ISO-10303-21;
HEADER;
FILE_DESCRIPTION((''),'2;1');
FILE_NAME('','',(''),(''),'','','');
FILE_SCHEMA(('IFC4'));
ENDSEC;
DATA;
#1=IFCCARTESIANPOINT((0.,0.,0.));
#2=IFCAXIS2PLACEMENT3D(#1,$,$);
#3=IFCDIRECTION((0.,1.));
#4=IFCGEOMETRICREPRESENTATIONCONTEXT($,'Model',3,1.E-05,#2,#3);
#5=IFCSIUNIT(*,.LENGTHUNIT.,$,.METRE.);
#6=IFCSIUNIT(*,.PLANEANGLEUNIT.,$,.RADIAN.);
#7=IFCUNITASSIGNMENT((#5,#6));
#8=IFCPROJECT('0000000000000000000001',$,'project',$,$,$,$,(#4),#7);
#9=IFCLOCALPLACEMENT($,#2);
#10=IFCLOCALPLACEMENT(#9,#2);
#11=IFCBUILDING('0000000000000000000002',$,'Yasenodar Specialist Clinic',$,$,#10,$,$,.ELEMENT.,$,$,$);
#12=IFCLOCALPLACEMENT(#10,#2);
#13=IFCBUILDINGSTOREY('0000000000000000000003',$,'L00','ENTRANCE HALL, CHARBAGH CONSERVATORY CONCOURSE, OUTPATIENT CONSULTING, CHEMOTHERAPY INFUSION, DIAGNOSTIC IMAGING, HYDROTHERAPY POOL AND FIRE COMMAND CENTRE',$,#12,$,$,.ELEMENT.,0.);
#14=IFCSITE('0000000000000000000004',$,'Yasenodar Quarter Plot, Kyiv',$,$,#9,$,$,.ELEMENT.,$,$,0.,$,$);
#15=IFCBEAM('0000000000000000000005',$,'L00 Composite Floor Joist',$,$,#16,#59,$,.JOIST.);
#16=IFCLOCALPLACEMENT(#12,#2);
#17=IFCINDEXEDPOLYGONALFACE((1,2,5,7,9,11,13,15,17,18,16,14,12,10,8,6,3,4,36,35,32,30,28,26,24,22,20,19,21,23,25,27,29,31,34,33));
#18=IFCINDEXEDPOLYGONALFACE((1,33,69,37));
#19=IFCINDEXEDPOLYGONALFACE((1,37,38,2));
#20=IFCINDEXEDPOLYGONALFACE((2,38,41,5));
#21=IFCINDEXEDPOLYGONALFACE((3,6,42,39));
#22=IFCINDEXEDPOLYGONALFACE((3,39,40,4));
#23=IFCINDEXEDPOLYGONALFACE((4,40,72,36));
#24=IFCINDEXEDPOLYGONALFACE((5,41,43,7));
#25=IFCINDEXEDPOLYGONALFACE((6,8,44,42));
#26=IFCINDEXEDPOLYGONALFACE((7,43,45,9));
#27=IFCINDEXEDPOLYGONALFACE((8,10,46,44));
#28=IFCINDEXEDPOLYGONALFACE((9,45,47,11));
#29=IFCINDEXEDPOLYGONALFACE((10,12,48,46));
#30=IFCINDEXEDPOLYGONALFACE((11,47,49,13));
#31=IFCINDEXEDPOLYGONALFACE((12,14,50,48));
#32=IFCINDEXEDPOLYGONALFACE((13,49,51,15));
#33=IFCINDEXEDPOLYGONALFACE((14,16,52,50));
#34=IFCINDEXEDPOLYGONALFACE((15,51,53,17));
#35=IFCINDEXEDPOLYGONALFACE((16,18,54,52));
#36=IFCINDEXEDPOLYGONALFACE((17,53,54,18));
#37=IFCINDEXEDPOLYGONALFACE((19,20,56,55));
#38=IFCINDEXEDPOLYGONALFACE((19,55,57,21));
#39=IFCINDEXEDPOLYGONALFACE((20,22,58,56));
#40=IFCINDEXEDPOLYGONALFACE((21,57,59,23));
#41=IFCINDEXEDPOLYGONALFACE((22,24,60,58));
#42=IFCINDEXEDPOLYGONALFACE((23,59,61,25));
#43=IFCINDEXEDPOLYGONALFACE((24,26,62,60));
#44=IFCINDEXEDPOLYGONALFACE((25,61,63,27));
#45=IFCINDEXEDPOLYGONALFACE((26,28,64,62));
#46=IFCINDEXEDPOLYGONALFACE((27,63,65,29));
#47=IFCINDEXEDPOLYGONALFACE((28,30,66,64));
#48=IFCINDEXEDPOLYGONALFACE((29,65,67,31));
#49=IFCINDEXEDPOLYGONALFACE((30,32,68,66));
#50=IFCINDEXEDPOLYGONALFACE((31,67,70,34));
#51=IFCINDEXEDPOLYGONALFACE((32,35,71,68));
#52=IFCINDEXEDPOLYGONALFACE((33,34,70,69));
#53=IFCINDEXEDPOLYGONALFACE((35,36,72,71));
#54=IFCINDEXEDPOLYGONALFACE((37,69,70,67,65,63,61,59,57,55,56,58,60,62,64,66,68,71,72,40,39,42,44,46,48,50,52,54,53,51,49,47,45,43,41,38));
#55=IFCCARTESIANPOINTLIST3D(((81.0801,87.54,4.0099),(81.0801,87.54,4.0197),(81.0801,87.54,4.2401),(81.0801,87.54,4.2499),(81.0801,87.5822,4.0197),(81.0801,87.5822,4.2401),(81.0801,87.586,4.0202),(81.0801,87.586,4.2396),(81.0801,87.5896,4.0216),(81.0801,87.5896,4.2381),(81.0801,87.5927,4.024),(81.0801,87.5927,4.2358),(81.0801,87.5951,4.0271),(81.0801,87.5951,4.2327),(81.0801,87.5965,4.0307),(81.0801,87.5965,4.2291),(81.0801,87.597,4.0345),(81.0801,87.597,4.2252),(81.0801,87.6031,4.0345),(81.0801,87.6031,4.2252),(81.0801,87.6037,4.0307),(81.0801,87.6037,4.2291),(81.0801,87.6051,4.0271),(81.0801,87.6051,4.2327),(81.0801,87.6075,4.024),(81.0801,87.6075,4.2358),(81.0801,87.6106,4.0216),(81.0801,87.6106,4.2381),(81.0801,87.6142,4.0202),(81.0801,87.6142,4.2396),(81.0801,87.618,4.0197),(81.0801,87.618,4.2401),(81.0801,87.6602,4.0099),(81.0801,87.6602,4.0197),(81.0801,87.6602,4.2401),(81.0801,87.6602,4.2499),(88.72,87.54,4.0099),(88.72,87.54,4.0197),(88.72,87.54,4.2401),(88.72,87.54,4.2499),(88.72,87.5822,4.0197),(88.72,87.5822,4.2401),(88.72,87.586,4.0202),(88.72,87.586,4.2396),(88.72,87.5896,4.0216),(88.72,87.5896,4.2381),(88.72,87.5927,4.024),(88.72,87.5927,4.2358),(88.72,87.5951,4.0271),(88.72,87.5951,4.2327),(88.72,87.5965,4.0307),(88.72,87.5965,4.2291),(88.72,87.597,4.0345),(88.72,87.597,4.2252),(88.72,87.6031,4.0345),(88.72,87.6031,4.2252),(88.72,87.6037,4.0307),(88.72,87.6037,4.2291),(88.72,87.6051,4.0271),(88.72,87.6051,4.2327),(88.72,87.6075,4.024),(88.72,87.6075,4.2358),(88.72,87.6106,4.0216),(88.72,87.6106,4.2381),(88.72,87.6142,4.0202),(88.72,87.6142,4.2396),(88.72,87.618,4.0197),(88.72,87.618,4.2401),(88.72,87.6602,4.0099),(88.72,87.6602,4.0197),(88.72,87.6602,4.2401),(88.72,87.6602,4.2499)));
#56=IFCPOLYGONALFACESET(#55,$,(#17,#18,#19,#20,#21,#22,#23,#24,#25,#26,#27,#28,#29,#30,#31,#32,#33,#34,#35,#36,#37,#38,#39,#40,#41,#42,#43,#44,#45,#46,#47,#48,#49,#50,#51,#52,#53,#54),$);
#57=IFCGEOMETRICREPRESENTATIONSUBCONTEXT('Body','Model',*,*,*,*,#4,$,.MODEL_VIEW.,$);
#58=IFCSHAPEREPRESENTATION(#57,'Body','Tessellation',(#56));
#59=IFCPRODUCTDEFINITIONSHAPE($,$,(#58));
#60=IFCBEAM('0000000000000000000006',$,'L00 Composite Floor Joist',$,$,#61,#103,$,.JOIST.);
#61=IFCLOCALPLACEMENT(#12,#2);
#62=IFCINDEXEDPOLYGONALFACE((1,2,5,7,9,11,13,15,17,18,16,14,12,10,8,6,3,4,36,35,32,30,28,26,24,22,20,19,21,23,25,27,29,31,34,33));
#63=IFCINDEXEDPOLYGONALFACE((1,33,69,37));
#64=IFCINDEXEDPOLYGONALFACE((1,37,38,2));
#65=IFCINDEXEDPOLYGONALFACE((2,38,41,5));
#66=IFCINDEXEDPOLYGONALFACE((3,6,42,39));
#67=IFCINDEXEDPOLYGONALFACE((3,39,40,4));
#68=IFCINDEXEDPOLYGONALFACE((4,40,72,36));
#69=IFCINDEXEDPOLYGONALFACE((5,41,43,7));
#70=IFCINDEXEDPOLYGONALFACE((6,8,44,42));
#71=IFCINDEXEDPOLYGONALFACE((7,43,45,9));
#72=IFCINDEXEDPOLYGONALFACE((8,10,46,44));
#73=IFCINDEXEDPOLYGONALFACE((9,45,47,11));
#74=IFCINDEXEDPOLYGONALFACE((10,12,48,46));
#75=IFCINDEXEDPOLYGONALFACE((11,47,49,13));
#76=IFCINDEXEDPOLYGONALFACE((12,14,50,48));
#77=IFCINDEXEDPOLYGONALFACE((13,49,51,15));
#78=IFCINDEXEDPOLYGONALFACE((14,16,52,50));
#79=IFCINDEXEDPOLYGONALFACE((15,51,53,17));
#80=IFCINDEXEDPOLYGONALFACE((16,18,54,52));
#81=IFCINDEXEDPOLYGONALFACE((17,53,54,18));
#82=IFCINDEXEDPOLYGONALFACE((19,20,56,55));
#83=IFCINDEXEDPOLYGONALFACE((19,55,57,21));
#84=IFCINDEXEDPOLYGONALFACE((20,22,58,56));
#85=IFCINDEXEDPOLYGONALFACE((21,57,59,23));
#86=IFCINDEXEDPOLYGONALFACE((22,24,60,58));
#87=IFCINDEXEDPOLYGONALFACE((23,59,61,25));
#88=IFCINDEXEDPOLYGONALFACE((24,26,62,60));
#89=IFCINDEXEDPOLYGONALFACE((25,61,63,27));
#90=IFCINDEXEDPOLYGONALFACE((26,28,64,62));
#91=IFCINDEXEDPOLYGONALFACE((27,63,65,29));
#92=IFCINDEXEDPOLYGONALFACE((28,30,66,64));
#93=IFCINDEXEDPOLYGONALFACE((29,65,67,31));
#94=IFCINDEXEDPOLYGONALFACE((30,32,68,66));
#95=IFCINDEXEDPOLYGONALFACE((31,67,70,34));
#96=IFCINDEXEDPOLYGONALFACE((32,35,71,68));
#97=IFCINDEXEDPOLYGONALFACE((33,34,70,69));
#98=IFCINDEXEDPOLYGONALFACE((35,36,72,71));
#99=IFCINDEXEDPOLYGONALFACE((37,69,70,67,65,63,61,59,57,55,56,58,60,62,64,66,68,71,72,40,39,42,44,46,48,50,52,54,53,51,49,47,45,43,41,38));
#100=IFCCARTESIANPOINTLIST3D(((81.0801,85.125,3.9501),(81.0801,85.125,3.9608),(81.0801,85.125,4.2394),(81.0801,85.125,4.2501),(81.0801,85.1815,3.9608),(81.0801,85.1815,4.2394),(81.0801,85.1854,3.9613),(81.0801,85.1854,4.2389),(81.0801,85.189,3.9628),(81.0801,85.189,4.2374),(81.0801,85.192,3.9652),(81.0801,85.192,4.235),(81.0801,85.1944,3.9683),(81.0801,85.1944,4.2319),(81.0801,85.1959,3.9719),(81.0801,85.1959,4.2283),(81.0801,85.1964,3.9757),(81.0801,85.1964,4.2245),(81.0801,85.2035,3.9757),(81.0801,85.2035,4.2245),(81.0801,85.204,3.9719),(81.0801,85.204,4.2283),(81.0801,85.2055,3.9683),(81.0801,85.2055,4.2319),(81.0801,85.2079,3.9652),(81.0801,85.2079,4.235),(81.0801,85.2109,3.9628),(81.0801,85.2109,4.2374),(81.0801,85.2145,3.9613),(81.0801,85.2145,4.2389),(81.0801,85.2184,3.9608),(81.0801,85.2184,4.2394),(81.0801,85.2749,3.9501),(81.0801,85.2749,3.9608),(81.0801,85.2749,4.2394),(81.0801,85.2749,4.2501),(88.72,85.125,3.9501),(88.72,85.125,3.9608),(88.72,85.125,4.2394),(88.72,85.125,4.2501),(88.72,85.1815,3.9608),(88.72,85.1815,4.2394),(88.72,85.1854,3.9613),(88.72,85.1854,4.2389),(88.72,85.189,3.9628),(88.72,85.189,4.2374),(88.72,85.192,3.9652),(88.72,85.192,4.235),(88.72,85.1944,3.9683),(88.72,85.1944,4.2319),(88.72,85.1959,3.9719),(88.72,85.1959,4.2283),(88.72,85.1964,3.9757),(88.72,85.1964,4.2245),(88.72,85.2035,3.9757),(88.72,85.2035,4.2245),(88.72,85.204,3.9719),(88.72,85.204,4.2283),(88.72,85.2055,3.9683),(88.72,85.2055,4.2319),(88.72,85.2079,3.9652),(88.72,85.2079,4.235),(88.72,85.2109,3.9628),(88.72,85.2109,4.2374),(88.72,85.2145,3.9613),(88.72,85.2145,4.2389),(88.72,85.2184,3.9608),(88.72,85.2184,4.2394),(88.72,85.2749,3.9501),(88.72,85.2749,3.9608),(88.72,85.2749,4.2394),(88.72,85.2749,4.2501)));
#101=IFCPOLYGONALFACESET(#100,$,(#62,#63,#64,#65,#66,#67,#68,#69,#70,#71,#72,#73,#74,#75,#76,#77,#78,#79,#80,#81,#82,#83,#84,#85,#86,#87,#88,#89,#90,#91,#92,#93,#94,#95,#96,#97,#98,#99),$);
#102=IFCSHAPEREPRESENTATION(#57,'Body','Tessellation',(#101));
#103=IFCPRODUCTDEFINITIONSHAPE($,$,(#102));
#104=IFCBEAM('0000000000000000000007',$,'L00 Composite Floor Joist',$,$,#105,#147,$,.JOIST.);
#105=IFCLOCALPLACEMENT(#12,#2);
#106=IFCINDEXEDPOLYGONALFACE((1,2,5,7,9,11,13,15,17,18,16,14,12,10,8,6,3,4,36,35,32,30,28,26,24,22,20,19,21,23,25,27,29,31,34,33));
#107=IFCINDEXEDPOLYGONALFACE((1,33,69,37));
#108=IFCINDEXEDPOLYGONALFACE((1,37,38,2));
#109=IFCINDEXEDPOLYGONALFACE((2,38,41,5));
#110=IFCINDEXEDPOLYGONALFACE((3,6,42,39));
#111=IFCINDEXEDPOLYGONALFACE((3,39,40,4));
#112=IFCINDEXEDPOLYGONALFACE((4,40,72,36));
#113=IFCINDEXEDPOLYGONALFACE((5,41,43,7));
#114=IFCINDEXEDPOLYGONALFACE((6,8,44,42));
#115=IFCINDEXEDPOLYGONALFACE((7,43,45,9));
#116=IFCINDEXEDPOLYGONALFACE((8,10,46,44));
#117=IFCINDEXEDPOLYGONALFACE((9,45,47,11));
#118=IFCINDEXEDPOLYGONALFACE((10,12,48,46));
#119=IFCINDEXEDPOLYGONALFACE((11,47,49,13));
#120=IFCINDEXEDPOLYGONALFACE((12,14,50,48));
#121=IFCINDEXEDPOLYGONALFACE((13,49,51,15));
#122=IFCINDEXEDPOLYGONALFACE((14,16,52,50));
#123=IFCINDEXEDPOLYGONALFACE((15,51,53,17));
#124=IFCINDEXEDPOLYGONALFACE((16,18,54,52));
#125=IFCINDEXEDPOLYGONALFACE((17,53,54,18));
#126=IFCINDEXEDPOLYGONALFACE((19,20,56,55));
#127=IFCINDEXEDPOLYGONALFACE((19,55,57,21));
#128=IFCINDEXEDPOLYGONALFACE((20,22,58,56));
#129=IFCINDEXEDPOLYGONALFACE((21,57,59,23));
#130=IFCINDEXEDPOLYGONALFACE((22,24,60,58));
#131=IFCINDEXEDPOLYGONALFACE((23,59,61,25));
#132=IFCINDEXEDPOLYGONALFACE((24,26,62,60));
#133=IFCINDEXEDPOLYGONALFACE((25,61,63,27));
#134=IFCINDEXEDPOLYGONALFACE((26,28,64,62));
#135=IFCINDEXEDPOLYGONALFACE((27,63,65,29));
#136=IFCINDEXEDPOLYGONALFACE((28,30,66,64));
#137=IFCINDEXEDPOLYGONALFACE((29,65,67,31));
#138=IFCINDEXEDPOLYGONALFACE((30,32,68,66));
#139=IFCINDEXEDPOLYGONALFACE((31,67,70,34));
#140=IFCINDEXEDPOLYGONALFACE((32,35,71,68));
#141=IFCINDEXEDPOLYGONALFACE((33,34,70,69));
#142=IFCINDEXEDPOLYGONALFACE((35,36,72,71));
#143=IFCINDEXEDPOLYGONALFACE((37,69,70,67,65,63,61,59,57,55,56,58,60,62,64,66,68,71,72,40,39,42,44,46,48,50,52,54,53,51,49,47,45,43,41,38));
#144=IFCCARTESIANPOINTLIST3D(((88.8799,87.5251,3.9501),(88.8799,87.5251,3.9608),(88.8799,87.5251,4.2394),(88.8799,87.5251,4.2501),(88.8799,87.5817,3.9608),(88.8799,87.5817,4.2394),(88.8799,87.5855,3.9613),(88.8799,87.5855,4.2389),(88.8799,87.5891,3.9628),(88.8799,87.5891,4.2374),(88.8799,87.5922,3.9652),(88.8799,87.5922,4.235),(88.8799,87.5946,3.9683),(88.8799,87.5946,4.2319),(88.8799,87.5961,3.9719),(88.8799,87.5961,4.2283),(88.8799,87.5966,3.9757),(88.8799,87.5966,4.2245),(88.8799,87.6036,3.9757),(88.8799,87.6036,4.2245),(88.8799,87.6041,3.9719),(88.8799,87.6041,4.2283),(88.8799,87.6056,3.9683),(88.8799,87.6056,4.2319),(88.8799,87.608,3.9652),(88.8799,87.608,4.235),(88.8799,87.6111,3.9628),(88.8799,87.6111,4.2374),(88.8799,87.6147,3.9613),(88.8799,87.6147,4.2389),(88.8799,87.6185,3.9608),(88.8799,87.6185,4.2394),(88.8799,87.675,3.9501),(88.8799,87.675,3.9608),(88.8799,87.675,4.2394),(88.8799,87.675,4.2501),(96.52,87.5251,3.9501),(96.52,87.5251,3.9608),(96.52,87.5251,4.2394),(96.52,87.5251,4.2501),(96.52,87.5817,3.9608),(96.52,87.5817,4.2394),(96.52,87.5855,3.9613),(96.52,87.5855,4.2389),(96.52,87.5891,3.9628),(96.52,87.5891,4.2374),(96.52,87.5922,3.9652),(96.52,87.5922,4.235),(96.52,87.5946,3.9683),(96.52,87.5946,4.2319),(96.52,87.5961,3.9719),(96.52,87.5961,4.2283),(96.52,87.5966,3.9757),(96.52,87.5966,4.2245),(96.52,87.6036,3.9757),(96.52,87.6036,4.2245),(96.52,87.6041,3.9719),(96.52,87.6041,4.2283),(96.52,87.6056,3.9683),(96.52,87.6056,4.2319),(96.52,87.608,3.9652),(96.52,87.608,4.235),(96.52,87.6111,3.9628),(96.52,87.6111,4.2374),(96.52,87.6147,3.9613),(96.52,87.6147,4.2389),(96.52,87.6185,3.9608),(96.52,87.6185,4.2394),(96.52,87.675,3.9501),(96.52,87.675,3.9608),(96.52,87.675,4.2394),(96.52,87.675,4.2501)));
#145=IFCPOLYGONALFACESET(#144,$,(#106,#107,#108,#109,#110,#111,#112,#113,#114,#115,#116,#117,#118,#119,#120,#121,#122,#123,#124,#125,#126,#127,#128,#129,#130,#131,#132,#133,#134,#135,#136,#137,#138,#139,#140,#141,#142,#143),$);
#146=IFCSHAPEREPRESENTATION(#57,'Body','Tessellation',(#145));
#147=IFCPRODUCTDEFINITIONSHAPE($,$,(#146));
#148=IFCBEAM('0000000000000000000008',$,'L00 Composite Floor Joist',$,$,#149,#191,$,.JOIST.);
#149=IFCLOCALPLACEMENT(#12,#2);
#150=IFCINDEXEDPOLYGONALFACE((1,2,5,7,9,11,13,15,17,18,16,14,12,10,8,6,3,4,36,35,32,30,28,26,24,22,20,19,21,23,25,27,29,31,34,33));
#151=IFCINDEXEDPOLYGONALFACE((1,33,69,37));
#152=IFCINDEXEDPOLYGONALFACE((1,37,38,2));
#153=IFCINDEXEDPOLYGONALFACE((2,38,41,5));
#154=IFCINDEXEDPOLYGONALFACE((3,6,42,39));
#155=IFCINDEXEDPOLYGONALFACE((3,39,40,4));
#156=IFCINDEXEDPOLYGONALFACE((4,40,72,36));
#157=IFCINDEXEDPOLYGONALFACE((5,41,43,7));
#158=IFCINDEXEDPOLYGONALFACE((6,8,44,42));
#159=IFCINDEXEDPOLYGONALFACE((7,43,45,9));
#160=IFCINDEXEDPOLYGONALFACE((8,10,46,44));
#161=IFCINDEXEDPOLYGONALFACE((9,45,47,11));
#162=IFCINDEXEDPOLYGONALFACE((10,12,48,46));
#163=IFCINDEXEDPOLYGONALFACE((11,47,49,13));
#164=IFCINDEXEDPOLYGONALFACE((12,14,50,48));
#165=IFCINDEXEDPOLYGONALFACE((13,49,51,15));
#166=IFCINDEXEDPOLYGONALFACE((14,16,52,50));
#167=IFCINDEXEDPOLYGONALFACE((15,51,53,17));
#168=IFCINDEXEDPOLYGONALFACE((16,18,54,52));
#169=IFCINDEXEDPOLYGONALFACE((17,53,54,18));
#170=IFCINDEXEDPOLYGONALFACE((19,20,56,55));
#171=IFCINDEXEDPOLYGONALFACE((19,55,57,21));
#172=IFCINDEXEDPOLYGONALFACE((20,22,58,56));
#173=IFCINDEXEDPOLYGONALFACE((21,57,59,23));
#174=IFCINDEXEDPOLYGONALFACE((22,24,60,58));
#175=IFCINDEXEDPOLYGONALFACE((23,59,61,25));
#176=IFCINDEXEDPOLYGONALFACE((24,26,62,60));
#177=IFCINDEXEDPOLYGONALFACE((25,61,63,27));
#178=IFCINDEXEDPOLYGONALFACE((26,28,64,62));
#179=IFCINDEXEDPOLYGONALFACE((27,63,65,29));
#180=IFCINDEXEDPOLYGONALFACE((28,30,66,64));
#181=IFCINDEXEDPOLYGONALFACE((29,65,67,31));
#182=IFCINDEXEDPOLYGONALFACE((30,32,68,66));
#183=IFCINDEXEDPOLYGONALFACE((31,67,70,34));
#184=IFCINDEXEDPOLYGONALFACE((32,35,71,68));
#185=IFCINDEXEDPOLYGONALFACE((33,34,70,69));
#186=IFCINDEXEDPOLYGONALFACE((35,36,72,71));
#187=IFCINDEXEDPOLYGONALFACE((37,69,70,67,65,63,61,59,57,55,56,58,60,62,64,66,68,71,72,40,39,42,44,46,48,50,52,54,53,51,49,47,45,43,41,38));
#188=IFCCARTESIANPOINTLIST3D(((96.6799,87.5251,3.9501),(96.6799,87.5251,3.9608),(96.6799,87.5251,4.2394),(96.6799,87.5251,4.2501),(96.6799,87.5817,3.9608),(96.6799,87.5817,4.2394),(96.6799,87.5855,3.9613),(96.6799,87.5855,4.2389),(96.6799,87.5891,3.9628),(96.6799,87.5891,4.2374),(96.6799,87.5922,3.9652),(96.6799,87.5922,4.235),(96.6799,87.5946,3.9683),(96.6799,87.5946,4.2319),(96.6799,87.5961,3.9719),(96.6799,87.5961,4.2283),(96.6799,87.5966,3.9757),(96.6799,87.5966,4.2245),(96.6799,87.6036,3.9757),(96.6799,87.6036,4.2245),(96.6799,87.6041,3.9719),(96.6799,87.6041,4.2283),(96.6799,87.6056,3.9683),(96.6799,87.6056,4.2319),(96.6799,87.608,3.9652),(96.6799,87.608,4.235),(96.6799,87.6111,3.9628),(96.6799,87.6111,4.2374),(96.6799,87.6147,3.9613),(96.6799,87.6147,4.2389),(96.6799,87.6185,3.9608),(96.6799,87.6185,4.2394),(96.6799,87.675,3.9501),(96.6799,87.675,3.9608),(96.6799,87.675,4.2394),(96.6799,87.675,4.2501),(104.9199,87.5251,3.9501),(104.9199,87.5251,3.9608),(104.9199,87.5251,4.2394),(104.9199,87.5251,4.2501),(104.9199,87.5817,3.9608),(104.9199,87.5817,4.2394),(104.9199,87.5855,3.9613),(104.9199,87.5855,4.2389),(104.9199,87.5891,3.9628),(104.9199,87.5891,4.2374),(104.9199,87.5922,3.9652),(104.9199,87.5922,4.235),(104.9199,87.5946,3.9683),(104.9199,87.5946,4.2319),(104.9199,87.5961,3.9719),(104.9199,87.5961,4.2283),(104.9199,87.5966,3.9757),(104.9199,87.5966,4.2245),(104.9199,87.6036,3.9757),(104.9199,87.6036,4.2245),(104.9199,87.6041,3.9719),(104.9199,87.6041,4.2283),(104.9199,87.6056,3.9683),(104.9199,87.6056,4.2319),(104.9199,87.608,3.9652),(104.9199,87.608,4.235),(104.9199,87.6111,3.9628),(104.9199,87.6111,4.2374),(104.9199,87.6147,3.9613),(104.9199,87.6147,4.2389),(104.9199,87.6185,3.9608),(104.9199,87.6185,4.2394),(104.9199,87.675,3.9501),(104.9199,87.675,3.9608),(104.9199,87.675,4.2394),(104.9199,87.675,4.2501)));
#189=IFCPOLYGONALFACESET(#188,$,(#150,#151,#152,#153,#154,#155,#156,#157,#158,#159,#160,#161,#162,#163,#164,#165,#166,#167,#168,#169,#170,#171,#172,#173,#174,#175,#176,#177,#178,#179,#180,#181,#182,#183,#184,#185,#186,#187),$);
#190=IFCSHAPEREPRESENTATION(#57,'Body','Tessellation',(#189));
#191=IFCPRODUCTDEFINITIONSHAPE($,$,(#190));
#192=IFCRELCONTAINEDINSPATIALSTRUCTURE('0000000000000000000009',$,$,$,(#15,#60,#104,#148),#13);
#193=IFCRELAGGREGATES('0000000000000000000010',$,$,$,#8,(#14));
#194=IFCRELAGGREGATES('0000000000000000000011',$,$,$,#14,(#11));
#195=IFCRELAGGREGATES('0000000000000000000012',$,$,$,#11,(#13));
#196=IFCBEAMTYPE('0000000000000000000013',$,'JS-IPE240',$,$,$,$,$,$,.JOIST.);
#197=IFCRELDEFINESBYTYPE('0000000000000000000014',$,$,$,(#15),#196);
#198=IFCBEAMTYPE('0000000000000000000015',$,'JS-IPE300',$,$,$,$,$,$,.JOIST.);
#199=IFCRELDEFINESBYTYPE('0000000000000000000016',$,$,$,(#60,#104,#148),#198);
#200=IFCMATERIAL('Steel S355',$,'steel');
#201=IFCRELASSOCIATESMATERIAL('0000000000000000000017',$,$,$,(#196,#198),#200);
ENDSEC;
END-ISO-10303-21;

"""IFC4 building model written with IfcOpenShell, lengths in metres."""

from ifc_helpers import new_model, si_unit, direction, frame, origin, origin_2d, place, context, subcontext, project, spatial, i_section, extrude, material, material_profile, profile_set, type_object, element, save


model = new_model("IFC4")

# Units and contexts
model_context = context("Model", 3, precision=1e-05, world=origin(), true_north=direction((0.0, 1.0)))
body_context = subcontext(model_context, "Body", "Model", "MODEL_VIEW")
ifc_project = project(units=[si_unit("LENGTHUNIT", "METRE"), si_unit("PLANEANGLEUNIT", "RADIAN")], contexts=[model_context])

# Site, building, storey
site_placement = place(None, origin())
site = spatial("IfcSite", under=ifc_project, at=site_placement, Name="Yasenodar Quarter Plot, Kyiv", CompositionType="ELEMENT", RefElevation=0.0)
building_placement = place(site_placement, origin())
building = spatial("IfcBuilding", under=site, at=building_placement, Name="Yasenodar Specialist Clinic", CompositionType="ELEMENT")
storey_placement = place(building_placement, origin())
storey = spatial("IfcBuildingStorey", under=building, at=storey_placement, Name="L00", Description="ENTRANCE HALL, CHARBAGH CONSERVATORY CONCOURSE, OUTPATIENT CONSULTING, CHEMOTHERAPY INFUSION, DIAGNOSTIC IMAGING, HYDROTHERAPY POOL AND FIRE COMMAND CENTRE", CompositionType="ELEMENT", Elevation=0.0)

# Shared definitions
ifc_material_1 = material(Name="Steel S355", Category="steel")

# Beams
ifc_material_profile_1 = material_profile(ifc_material_1, i_section(OverallWidth=0.1201, OverallDepth=0.24, WebThickness=0.0061, FlangeThickness=0.0098, FilletRadius=0.0149, at=origin_2d()), Name="IPE 240")
ifc_profile_set_1 = profile_set([ifc_material_profile_1], Name="Steel S355")
beam_type_1 = type_object("IfcBeamType", Name="JS-IPE240", PredefinedType="JOIST", material=ifc_profile_set_1)
beam_1_placement = place(storey_placement, frame((81.0801, 87.6001, 4.1299), z_axis=(1.0, 0.0, 0.0), x_axis=(0.0, 1.0, 0.0)))
element("IfcBeam", 1, at=beam_1_placement, inside=storey, type_object=beam_type_1, Name="L00 Composite Floor Joist", PredefinedType="JOIST", context=body_context, shape_type="SweptSolid", body=[
    extrude(i_section(OverallWidth=0.1201, OverallDepth=0.24, WebThickness=0.0061, FlangeThickness=0.0098, FilletRadius=0.0149, at=origin_2d()), origin(), (0.0, 0.0, 1.0), 7.6399),
])
ifc_material_profile_2 = material_profile(ifc_material_1, i_section(OverallWidth=0.1499, OverallDepth=0.3, WebThickness=0.0071, FlangeThickness=0.0107, FilletRadius=0.0149, at=origin_2d()), Name="IPE 300")
ifc_profile_set_2 = profile_set([ifc_material_profile_2], Name="Steel S355")
beam_type_2 = type_object("IfcBeamType", Name="JS-IPE300", PredefinedType="JOIST", material=ifc_profile_set_2)
beam_2_placement = place(storey_placement, frame((81.0801, 85.2, 4.1001), z_axis=(1.0, 0.0, 0.0), x_axis=(0.0, 1.0, 0.0)))
element("IfcBeam", 2, at=beam_2_placement, inside=storey, type_object=beam_type_2, Name="L00 Composite Floor Joist", PredefinedType="JOIST", context=body_context, shape_type="SweptSolid", body=[
    extrude(i_section(OverallWidth=0.1499, OverallDepth=0.3, WebThickness=0.0071, FlangeThickness=0.0107, FilletRadius=0.0149, at=origin_2d()), origin(), (0.0, 0.0, 1.0), 7.6399),
])
beam_3_placement = place(storey_placement, frame((88.8799, 87.6001, 4.1001), z_axis=(1.0, 0.0, 0.0), x_axis=(0.0, 1.0, 0.0)))
element("IfcBeam", 3, at=beam_3_placement, inside=storey, type_object=beam_type_2, Name="L00 Composite Floor Joist", PredefinedType="JOIST", context=body_context, shape_type="SweptSolid", body=[
    extrude(i_section(OverallWidth=0.1499, OverallDepth=0.3, WebThickness=0.0071, FlangeThickness=0.0107, FilletRadius=0.0149, at=origin_2d()), origin(), (0.0, 0.0, 1.0), 7.6401),
])
beam_4_placement = place(storey_placement, frame((96.6799, 87.6001, 4.1001), z_axis=(1.0, 0.0, 0.0), x_axis=(0.0, 1.0, 0.0)))
element("IfcBeam", 4, at=beam_4_placement, inside=storey, type_object=beam_type_2, Name="L00 Composite Floor Joist", PredefinedType="JOIST", context=body_context, shape_type="SweptSolid", body=[
    extrude(i_section(OverallWidth=0.1499, OverallDepth=0.3, WebThickness=0.0071, FlangeThickness=0.0107, FilletRadius=0.0149, at=origin_2d()), origin(), (0.0, 0.0, 1.0), 8.24),
])

save(model, "model.ifc")
